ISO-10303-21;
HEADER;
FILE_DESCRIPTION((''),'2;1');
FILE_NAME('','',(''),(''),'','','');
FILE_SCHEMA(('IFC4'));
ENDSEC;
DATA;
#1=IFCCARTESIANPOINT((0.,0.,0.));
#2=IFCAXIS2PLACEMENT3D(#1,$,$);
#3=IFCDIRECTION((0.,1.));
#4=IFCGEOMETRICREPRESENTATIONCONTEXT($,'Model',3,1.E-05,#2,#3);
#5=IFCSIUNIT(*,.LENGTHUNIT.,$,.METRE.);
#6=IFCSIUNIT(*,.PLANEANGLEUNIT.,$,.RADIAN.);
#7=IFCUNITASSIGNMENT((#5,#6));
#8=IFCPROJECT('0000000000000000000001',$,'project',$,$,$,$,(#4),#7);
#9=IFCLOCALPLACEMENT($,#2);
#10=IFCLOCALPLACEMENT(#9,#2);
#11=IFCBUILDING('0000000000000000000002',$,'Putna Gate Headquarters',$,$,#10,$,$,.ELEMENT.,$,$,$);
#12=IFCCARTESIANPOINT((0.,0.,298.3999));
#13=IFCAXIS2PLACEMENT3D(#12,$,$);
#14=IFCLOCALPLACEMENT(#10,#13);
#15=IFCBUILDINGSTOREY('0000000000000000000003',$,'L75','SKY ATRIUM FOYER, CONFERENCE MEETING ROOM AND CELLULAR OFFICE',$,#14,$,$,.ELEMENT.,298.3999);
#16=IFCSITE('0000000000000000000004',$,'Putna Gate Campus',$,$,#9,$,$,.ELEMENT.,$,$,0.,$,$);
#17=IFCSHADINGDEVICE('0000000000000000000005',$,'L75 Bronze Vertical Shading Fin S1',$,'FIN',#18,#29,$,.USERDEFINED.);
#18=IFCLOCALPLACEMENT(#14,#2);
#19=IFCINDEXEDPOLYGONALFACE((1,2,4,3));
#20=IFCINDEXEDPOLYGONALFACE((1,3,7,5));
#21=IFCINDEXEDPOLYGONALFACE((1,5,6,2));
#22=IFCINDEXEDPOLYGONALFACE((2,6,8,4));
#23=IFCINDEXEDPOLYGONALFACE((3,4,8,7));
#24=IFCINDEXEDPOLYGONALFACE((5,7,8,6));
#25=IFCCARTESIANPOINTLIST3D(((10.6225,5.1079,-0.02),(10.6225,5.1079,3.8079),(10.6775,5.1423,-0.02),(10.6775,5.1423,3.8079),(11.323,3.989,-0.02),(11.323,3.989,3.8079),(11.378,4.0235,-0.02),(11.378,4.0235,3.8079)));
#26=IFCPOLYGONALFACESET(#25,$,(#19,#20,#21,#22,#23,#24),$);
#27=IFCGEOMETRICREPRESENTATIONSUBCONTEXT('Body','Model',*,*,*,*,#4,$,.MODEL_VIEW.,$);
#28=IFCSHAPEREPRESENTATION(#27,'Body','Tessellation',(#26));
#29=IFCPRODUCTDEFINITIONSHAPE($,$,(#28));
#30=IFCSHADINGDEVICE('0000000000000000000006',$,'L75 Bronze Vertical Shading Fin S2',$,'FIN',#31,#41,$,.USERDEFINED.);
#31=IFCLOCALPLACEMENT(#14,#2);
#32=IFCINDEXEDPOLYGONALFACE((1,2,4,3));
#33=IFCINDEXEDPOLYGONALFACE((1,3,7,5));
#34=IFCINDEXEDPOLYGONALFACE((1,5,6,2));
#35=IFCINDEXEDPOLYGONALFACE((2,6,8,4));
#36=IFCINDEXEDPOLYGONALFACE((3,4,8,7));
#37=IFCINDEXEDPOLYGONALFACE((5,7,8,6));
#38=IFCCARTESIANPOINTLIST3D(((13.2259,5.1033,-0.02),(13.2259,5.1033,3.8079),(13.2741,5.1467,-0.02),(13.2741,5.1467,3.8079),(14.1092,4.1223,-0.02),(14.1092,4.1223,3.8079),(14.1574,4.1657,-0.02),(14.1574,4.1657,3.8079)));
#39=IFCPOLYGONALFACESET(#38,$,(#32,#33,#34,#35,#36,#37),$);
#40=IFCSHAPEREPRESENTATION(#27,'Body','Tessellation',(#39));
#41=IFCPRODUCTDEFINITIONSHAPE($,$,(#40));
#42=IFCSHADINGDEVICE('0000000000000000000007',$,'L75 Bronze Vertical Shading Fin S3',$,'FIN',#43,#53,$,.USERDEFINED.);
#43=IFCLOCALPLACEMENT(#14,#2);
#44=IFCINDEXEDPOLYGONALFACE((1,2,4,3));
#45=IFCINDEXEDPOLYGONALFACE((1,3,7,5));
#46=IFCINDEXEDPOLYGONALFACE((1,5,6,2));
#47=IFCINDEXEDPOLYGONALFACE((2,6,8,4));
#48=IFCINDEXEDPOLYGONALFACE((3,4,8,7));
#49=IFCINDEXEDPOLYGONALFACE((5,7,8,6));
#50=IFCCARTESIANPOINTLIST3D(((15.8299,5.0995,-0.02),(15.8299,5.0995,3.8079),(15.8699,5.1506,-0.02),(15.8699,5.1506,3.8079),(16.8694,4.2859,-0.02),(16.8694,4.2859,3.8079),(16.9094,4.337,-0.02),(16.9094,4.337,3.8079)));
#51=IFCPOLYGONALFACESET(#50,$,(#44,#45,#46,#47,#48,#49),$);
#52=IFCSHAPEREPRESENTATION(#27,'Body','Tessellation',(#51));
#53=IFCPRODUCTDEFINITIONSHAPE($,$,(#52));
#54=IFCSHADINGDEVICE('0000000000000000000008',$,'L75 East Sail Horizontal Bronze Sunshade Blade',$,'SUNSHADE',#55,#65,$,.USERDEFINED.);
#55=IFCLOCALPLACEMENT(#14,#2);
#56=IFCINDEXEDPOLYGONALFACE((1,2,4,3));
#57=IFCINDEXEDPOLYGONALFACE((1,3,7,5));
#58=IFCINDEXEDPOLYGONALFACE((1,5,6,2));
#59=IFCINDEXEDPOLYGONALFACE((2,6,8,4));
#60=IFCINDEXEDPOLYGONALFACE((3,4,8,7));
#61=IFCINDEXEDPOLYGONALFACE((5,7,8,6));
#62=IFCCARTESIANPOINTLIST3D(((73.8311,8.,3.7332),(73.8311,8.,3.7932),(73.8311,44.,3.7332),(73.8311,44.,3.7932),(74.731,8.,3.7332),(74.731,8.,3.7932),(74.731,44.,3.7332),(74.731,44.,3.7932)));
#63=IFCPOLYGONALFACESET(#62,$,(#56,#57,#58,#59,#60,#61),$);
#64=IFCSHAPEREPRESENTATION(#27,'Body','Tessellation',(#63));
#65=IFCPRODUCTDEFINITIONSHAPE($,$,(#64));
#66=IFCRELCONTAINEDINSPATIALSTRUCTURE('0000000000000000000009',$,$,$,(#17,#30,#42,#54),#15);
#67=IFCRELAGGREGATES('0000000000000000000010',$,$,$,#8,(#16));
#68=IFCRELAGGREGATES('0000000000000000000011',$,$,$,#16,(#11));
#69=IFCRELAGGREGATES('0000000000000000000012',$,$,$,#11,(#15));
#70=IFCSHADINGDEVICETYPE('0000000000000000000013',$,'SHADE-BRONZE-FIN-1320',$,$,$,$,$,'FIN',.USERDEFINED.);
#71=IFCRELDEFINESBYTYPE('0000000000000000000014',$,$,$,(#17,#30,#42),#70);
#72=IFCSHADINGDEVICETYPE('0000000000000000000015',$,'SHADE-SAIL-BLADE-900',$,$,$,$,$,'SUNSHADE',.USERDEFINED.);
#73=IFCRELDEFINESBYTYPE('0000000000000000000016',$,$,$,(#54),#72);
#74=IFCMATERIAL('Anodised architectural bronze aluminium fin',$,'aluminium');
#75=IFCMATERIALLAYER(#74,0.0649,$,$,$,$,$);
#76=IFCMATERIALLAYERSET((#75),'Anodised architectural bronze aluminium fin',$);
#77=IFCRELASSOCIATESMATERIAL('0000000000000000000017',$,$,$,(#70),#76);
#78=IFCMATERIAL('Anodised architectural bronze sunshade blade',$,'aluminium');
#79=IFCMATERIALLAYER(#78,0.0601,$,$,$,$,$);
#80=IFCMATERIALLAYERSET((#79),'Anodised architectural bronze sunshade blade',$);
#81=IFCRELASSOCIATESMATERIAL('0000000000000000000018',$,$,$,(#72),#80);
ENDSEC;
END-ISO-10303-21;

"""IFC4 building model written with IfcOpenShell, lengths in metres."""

from ifc_helpers import new_model, si_unit, direction, frame, origin, origin_2d, place, context, subcontext, project, spatial, polyline, rectangle, outline, extrude, material, layer, layer_set, type_object, element, save


model = new_model("IFC4")

# Units and contexts
model_context = context("Model", 3, precision=1e-05, world=origin(), true_north=direction((0.0, 1.0)))
body_context = subcontext(model_context, "Body", "Model", "MODEL_VIEW")
ifc_project = project(units=[si_unit("LENGTHUNIT", "METRE"), si_unit("PLANEANGLEUNIT", "RADIAN")], contexts=[model_context])

# Site, building, storey
site_placement = place(None, origin())
site = spatial("IfcSite", under=ifc_project, at=site_placement, Name="Putna Gate Campus", CompositionType="ELEMENT", RefElevation=0.0)
building_placement = place(site_placement, origin())
building = spatial("IfcBuilding", under=site, at=building_placement, Name="Putna Gate Headquarters", CompositionType="ELEMENT")
storey_placement = place(building_placement, frame((0.0, 0.0, 298.3999)))
storey = spatial("IfcBuildingStorey", under=building, at=storey_placement, Name="L75", Description="SKY ATRIUM FOYER, CONFERENCE MEETING ROOM AND CELLULAR OFFICE", CompositionType="ELEMENT", Elevation=298.3999)

# Shading devices
ifc_material_1 = material(Name="Anodised architectural bronze aluminium fin", Category="aluminium")
ifc_layer_1 = layer(ifc_material_1, 0.0649)
ifc_layer_set_1 = layer_set([ifc_layer_1], Name="Anodised architectural bronze aluminium fin")
shading_device_type_1 = type_object("IfcShadingDeviceType", Name="SHADE-BRONZE-FIN-1320", ElementType="FIN", PredefinedType="USERDEFINED", material=ifc_layer_set_1)
for number, where, z_axis, x_axis, name in (
    (1, (11.0002, 4.5657, -0.02), (0.0, 0.0, 1.0), (0.530659, -0.847585, 0.0), "L75 Bronze Vertical Shading Fin S1"),
    (2, (13.6917, 4.6345, -0.02), (0.0, 0.0, 1.0), (0.669131, -0.743145, 0.0), "L75 Bronze Vertical Shading Fin S2"),
    (3, (16.3696, 4.7183, -0.02), (0.0, 0.0, 1.0), (0.787473, -0.616349, 0.0), "L75 Bronze Vertical Shading Fin S3"),
):
    element("IfcShadingDevice", number, at=place(storey_placement, frame(where, z_axis=z_axis, x_axis=x_axis)), inside=storey, type_object=shading_device_type_1, Name=name, ObjectType="FIN", PredefinedType="USERDEFINED", context=body_context, shape_type="SweptSolid", body=[
        extrude(rectangle(XDim=1.3201, YDim=0.0649, at=origin_2d()), origin(), (0.0, 0.0, 1.0), 3.8279),
    ])
ifc_material_2 = material(Name="Anodised architectural bronze sunshade blade", Category="aluminium")
ifc_layer_2 = layer(ifc_material_2, 0.0601)
ifc_layer_set_2 = layer_set([ifc_layer_2], Name="Anodised architectural bronze sunshade blade")
shading_device_type_2 = type_object("IfcShadingDeviceType", Name="SHADE-SAIL-BLADE-900", ElementType="SUNSHADE", PredefinedType="USERDEFINED", material=ifc_layer_set_2)
shading_device_placement = place(storey_placement, frame((0.0, 0.0, 3.7332)))
element("IfcShadingDevice", 4, at=shading_device_placement, inside=storey, type_object=shading_device_type_2, Name="L75 East Sail Horizontal Bronze Sunshade Blade", ObjectType="SUNSHADE", PredefinedType="USERDEFINED", context=body_context, shape_type="SweptSolid", body=[
    extrude(outline(polyline([(73.8311, 8.0), (74.731, 8.0), (74.731, 44.0), (73.8311, 44.0), (73.8311, 8.0)])), origin(), (0.0, 0.0, 1.0), 0.0601),
])

save(model, "model.ifc")
